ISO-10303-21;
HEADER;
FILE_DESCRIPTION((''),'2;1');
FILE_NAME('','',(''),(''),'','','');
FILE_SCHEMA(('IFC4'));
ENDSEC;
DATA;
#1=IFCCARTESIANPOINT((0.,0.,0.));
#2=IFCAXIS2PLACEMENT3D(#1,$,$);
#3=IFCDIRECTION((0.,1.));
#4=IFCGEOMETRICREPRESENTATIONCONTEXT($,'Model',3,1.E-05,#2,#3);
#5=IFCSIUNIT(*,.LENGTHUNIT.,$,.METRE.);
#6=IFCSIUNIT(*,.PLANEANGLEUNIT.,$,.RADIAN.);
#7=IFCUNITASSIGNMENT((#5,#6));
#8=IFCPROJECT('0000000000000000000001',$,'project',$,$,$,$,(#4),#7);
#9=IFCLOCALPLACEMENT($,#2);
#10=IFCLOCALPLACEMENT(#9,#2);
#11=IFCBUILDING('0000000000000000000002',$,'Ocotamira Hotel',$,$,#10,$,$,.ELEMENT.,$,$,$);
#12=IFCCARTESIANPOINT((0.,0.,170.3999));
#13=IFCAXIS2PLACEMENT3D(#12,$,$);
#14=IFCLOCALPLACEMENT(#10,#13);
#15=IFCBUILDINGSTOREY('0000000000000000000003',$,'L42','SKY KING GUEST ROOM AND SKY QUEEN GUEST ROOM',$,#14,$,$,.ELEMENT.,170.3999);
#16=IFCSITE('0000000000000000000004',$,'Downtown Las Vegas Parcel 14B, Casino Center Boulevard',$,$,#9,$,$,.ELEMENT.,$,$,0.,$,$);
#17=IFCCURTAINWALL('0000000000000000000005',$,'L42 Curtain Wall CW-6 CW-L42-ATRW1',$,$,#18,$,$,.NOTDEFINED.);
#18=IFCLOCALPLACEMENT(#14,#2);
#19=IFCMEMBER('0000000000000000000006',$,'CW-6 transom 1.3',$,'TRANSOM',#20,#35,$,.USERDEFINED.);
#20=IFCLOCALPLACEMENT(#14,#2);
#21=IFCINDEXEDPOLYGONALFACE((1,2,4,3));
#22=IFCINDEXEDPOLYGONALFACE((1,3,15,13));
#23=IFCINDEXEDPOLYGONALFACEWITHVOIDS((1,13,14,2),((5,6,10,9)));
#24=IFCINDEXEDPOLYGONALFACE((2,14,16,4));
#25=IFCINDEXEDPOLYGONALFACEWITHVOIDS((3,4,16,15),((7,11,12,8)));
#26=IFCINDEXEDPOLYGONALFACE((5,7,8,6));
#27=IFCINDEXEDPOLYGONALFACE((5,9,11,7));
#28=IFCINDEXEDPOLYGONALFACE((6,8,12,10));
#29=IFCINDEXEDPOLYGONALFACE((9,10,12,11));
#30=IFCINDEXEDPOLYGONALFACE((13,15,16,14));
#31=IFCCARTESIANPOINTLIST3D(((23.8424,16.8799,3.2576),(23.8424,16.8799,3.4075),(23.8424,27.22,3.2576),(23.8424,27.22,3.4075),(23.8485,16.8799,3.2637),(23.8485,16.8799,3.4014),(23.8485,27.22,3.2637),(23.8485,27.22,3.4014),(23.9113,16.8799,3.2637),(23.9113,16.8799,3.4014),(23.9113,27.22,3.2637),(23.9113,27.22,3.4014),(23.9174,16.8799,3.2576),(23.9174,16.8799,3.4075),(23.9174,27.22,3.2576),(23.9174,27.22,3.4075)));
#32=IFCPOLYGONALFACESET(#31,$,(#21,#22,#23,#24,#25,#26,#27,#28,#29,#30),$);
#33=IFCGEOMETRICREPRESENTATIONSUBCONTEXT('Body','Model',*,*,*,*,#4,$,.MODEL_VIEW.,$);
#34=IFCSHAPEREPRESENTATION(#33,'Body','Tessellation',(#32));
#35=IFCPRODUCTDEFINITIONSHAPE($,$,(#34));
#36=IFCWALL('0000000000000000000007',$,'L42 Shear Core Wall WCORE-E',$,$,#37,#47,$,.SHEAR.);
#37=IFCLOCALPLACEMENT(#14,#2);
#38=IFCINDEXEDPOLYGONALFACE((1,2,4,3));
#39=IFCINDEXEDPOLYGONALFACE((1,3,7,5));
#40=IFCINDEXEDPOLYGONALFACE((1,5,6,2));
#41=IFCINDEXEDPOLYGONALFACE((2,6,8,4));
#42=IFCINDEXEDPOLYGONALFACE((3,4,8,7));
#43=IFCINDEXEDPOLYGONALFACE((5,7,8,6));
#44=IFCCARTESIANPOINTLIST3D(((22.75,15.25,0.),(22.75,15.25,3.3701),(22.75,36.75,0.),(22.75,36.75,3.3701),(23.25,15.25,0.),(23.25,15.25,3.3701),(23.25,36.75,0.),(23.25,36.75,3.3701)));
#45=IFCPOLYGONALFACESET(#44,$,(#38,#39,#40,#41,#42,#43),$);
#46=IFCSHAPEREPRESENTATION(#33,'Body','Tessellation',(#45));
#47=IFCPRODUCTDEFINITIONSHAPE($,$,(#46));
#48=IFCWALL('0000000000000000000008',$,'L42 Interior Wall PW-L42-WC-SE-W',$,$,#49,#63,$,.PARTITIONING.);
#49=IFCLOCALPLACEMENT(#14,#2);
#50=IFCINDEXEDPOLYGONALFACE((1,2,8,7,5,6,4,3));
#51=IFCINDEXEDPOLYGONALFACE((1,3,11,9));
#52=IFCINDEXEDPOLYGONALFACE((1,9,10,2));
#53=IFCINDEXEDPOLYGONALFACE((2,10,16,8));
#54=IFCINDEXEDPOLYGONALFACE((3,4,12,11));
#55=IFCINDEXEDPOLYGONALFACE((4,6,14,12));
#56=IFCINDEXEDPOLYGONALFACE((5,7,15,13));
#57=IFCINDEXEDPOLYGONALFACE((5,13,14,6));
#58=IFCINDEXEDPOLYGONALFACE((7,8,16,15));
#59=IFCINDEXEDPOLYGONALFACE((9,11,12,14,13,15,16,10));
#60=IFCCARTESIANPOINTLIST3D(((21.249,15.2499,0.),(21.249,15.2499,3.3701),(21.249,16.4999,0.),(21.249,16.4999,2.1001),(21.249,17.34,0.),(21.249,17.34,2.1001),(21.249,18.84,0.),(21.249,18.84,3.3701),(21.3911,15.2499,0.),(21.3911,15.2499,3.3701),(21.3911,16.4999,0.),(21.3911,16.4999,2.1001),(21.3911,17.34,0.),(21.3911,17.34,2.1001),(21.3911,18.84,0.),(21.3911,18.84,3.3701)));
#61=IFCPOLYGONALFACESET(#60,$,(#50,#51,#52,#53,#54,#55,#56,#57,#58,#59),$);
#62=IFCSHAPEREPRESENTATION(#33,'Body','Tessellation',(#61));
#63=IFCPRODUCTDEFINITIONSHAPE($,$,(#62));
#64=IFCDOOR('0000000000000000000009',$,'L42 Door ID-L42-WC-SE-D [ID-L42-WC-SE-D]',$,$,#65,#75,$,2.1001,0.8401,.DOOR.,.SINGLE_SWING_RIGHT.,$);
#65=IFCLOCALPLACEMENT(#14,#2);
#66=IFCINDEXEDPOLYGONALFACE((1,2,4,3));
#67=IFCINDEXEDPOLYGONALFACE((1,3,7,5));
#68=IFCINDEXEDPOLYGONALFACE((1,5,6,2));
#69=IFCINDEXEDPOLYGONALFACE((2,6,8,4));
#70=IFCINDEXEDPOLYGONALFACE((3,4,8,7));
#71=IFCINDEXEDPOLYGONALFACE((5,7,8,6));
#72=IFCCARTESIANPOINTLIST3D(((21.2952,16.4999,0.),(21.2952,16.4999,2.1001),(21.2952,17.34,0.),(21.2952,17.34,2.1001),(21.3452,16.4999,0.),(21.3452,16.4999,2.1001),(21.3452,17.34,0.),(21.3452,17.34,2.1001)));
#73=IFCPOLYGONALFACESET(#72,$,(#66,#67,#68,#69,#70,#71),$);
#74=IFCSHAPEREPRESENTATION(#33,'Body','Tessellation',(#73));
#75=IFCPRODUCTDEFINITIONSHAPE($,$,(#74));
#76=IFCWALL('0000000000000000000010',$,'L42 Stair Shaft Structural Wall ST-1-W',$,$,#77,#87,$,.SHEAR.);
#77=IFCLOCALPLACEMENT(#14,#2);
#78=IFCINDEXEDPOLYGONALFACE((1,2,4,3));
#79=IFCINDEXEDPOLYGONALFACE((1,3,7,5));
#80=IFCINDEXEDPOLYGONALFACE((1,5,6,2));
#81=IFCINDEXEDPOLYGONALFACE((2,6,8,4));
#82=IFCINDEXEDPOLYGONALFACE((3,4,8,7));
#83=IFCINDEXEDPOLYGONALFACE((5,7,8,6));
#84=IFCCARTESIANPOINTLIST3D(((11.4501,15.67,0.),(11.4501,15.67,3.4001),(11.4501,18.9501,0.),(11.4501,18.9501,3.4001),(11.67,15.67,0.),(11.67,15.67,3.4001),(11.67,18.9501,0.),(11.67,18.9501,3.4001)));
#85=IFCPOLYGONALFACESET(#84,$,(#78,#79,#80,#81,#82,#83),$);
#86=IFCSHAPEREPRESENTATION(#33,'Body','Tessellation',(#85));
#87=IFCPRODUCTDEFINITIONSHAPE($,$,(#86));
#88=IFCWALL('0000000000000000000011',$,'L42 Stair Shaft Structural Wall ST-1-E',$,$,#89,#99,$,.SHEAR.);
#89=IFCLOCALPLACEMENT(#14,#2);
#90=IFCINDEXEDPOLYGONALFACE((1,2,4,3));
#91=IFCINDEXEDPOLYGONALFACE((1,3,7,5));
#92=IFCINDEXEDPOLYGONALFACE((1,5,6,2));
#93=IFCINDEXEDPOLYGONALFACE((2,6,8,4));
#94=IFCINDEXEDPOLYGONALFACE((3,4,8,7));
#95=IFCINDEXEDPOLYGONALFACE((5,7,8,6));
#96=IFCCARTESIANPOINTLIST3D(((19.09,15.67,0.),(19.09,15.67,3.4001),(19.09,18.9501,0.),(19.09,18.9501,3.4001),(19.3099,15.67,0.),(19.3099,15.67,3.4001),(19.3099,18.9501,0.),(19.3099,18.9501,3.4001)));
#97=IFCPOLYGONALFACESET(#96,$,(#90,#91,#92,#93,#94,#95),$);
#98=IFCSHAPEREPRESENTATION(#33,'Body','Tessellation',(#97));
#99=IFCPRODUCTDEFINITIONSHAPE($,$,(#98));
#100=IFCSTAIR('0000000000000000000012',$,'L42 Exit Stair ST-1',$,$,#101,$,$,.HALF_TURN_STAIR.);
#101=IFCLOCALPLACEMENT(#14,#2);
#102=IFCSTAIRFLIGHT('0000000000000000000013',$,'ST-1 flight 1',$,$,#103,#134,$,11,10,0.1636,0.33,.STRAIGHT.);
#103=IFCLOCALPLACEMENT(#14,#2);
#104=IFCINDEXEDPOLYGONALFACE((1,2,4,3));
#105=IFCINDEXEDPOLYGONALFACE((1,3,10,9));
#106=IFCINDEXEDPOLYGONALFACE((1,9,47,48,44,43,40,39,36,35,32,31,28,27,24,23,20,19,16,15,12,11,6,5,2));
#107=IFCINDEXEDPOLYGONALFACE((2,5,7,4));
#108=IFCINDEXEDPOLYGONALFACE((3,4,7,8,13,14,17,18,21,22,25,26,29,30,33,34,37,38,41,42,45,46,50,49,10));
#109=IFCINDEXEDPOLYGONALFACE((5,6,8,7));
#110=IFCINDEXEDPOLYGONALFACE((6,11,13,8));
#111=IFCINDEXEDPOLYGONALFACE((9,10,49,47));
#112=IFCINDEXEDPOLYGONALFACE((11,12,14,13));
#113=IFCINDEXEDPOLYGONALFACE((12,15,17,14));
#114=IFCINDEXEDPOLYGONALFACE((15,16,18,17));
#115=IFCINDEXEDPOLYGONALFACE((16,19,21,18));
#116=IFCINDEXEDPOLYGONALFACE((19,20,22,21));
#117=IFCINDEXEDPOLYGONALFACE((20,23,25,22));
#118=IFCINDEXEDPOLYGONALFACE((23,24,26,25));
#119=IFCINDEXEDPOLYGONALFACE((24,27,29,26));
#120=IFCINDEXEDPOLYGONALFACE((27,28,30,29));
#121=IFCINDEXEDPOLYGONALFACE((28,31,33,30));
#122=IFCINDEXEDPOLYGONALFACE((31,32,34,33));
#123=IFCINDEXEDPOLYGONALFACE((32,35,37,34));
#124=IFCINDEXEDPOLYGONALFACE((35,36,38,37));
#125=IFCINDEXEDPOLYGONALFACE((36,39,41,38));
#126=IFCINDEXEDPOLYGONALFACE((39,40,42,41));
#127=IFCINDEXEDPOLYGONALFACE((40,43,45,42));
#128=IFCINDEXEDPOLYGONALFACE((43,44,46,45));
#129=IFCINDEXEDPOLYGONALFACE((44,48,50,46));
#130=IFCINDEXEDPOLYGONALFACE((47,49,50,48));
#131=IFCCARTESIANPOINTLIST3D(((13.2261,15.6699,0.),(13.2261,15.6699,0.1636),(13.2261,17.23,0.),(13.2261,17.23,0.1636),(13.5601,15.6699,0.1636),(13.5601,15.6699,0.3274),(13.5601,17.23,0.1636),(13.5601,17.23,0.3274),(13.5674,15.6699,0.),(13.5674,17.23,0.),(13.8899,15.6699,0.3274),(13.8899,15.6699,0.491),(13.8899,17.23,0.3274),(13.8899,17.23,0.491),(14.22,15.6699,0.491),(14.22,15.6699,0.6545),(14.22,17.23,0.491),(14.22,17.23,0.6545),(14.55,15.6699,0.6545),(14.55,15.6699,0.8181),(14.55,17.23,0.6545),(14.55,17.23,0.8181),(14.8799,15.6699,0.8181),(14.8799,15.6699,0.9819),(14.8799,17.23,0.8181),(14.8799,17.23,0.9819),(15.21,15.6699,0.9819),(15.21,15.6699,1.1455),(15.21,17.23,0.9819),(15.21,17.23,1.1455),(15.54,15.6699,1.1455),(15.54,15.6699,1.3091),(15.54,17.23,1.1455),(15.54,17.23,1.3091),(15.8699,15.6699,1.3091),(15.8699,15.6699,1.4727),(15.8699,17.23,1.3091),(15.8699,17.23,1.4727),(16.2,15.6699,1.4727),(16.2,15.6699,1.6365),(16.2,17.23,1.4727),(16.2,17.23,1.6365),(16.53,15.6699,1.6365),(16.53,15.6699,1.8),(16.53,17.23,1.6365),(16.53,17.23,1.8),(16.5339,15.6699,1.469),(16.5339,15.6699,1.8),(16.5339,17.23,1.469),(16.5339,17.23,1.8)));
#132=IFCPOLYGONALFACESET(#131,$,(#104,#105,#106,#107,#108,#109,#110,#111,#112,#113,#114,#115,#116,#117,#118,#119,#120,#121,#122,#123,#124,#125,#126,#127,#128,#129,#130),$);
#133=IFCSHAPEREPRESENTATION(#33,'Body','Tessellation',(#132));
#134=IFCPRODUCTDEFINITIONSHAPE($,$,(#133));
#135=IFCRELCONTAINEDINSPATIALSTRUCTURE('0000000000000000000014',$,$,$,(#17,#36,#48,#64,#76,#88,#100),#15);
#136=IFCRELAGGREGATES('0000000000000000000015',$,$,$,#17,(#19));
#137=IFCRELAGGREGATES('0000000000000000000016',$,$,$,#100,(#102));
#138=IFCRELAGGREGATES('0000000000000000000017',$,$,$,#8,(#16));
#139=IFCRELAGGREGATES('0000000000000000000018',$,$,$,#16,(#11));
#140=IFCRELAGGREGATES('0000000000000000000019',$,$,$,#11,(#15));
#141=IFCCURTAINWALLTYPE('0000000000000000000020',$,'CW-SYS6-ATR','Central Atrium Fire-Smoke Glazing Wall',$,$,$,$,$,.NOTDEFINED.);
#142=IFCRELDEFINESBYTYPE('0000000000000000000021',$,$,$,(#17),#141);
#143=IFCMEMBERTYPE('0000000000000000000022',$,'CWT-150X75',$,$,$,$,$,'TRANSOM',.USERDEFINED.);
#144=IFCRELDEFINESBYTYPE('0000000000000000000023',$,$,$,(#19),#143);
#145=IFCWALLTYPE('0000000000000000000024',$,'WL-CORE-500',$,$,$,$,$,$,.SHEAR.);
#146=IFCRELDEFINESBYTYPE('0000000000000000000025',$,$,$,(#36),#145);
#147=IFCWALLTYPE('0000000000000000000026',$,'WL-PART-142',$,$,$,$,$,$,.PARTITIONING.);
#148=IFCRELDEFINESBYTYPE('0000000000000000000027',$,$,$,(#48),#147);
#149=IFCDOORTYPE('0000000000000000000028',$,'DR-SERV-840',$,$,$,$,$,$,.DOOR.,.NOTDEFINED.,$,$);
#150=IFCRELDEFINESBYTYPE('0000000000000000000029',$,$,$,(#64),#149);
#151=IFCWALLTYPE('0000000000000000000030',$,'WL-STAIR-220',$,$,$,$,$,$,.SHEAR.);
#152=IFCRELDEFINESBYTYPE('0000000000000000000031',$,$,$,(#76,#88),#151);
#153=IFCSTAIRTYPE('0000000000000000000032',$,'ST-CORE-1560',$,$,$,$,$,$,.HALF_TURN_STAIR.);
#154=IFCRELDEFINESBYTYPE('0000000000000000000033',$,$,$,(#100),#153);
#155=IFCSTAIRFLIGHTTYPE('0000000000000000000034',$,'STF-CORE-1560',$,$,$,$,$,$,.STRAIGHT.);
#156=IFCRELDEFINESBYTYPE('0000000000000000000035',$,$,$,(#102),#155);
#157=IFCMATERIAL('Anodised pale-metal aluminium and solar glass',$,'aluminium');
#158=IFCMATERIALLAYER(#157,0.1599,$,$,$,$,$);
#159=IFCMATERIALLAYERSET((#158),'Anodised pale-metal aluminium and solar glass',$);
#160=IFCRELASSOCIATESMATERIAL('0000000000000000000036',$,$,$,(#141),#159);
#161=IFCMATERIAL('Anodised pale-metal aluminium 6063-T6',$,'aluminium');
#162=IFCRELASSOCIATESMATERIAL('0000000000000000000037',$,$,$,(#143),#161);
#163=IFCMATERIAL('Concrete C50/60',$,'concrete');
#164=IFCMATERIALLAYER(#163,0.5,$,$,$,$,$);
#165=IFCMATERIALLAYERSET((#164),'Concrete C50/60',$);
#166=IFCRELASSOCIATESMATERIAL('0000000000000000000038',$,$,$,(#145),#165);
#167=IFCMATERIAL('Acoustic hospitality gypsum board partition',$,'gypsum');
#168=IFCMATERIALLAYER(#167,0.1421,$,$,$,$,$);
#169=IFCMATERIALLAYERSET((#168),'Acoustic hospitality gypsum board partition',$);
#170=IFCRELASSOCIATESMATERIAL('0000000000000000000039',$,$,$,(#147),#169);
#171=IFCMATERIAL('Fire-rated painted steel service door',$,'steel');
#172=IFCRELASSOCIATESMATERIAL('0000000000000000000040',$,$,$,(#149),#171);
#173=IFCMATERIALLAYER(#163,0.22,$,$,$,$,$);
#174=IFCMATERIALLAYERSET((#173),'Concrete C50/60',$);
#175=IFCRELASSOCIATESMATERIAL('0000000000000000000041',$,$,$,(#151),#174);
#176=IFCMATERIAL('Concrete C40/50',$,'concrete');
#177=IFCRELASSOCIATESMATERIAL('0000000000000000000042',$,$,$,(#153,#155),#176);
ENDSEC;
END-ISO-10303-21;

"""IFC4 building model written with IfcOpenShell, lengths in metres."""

from ifc_helpers import new_model, si_unit, direction, frame, frame_2d, origin, origin_2d, place, context, subcontext, project, spatial, polyline, rectangle, hollow_rectangle, outline, extrude, source, transform, mapped, material, layer, layer_set, material_profile, profile_set, type_object, element, fill, aggregate, save


model = new_model("IFC4")

# Units and contexts
model_context = context("Model", 3, precision=1e-05, world=origin(), true_north=direction((0.0, 1.0)))
body_context = subcontext(model_context, "Body", "Model", "MODEL_VIEW")
ifc_project = project(units=[si_unit("LENGTHUNIT", "METRE"), si_unit("PLANEANGLEUNIT", "RADIAN")], contexts=[model_context])

# Site, building, storey
site_placement = place(None, origin())
site = spatial("IfcSite", under=ifc_project, at=site_placement, Name="Downtown Las Vegas Parcel 14B, Casino Center Boulevard", CompositionType="ELEMENT", RefElevation=0.0)
building_placement = place(site_placement, origin())
building = spatial("IfcBuilding", under=site, at=building_placement, Name="Ocotamira Hotel", CompositionType="ELEMENT")
storey_placement = place(building_placement, frame((0.0, 0.0, 170.3999)))
storey = spatial("IfcBuildingStorey", under=building, at=storey_placement, Name="L42", Description="SKY KING GUEST ROOM AND SKY QUEEN GUEST ROOM", CompositionType="ELEMENT", Elevation=170.3999)

# Curtain wall, member
ifc_material_1 = material(Name="Anodised pale-metal aluminium and solar glass", Category="aluminium")
ifc_layer_1 = layer(ifc_material_1, 0.1599)
ifc_layer_set_1 = layer_set([ifc_layer_1], Name="Anodised pale-metal aluminium and solar glass")
curtain_wall_type = type_object("IfcCurtainWallType", Name="CW-SYS6-ATR", Description="Central Atrium Fire-Smoke Glazing Wall", PredefinedType="NOTDEFINED", material=ifc_layer_set_1)
curtain_wall_placement = place(storey_placement, origin())
curtain_wall = element("IfcCurtainWall", 1, at=curtain_wall_placement, inside=storey, type_object=curtain_wall_type, Name="L42 Curtain Wall CW-6 CW-L42-ATRW1", PredefinedType="NOTDEFINED")
ifc_material_2 = material(Name="Anodised pale-metal aluminium 6063-T6", Category="aluminium")
ifc_material_profile_1 = material_profile(ifc_material_2, hollow_rectangle(XDim=0.075, YDim=0.1499, WallThickness=0.0061, at=origin_2d()), Name="HSS150X75X6")
ifc_profile_set_1 = profile_set([ifc_material_profile_1], Name="Anodised pale-metal aluminium 6063-T6")
member_type_1 = type_object("IfcMemberType", Name="CWT-150X75", ElementType="TRANSOM", PredefinedType="USERDEFINED", material=ifc_profile_set_1)
shared_shape_1 = source(origin(), body_context, "Body", "SweptSolid", [
    extrude(hollow_rectangle(XDim=0.075, YDim=0.1499, WallThickness=0.0061, at=origin_2d()), origin(), (0.0, 0.0, 1.0), 10.3401),
])
member_1_placement = place(storey_placement, frame((23.8799, 16.8799, 3.3325), z_axis=(0.0, 1.0, 0.0), x_axis=(-1.0, 0.0, 0.0)))
member_1 = element("IfcMember", 2, at=member_1_placement, type_object=member_type_1, Name="CW-6 transom 1.3", ObjectType="TRANSOM", PredefinedType="USERDEFINED", context=body_context, shape_type="MappedRepresentation", body=[
    mapped(shared_shape_1, transform((0.0, 0.0, 0.0), scale=1.0)),
])
aggregate(curtain_wall, [member_1])

# Wall
ifc_material_3 = material(Name="Concrete C50/60", Category="concrete")
ifc_layer_2 = layer(ifc_material_3, 0.5)
ifc_layer_set_2 = layer_set([ifc_layer_2], Name="Concrete C50/60")
wall_type_1 = type_object("IfcWallType", Name="WL-CORE-500", PredefinedType="SHEAR", material=ifc_layer_set_2)
wall_1_placement = place(storey_placement, frame((23.0, 15.25, 0.0), z_axis=(0.0, 0.0, 1.0), x_axis=(0.0, 1.0, 0.0)))
element("IfcWall", 3, at=wall_1_placement, inside=storey, type_object=wall_type_1, Name="L42 Shear Core Wall WCORE-E", PredefinedType="SHEAR", context=body_context, shape_type="SweptSolid", body=[
    extrude(rectangle(XDim=21.5, YDim=0.5, at=frame_2d((10.75, 0.0))), origin(), (0.0, 0.0, 1.0), 3.3701),
])

# Wall, opening, door
ifc_material_4 = material(Name="Acoustic hospitality gypsum board partition", Category="gypsum")
ifc_layer_3 = layer(ifc_material_4, 0.1421)
ifc_layer_set_3 = layer_set([ifc_layer_3], Name="Acoustic hospitality gypsum board partition")
wall_type_2 = type_object("IfcWallType", Name="WL-PART-142", PredefinedType="PARTITIONING", material=ifc_layer_set_3)
wall_2_placement = place(storey_placement, frame((21.3201, 15.25, 0.0), z_axis=(0.0, 0.0, 1.0), x_axis=(0.0, 1.0, 0.0)))
wall_2 = element("IfcWall", 4, at=wall_2_placement, inside=storey, type_object=wall_type_2, Name="L42 Interior Wall PW-L42-WC-SE-W", PredefinedType="PARTITIONING", context=body_context, shape_type="SweptSolid", body=[
    extrude(rectangle(XDim=3.5901, YDim=0.1421, at=frame_2d((1.7949, 0.0))), origin(), (0.0, 0.0, 1.0), 3.3701),
])
opening_1_placement = place(wall_2_placement, frame((1.25, 0.0, 0.0)))
opening_1 = element("IfcOpeningElement", 5, at=opening_1_placement, cuts=wall_2, PredefinedType="OPENING", context=body_context, shape_type="SweptSolid", body=[
    extrude(rectangle(XDim=0.8401, YDim=2.1001, at=frame_2d((0.4199, 1.05))), frame((0.0, 0.0811, 0.0), z_axis=(0.0, -1.0, 0.0), x_axis=(1.0, 0.0, 0.0)), (0.0, 0.0, 1.0), 0.1621),
])
ifc_material_5 = material(Name="Fire-rated painted steel service door", Category="steel")
door_type_1 = type_object("IfcDoorType", Name="DR-SERV-840", OperationType="NOTDEFINED", PredefinedType="DOOR", material=ifc_material_5)
shared_shape_2 = source(origin(), body_context, "Body", "SweptSolid", [
    extrude(rectangle(XDim=0.8401, YDim=2.1001, at=frame_2d((0.4199, 1.05))), frame((0.0, 0.0249, 0.0), z_axis=(0.0, -1.0, 0.0), x_axis=(1.0, 0.0, 0.0)), (0.0, 0.0, 1.0), 0.05),
])
door_1_placement = place(opening_1_placement, origin())
door_1 = element("IfcDoor", 6, at=door_1_placement, inside=storey, type_object=door_type_1, Name="L42 Door ID-L42-WC-SE-D [ID-L42-WC-SE-D]", OperationType="SINGLE_SWING_RIGHT", OverallHeight=2.1001, OverallWidth=0.8401, PredefinedType="DOOR", context=body_context, shape_type="MappedRepresentation", body=[
    mapped(shared_shape_2, transform((0.0, 0.0, 0.0), scale=1.0)),
])
fill(opening_1, door_1)

# Walls
ifc_layer_4 = layer(ifc_material_3, 0.22)
ifc_layer_set_4 = layer_set([ifc_layer_4], Name="Concrete C50/60")
wall_type_3 = type_object("IfcWallType", Name="WL-STAIR-220", PredefinedType="SHEAR", material=ifc_layer_set_4)
for number, where, z_axis, x_axis, name in (
    (7, (11.5601, 15.6699, 0.0), (0.0, 0.0, 1.0), (0.0, 1.0, 0.0), "L42 Stair Shaft Structural Wall ST-1-W"),
    (8, (19.2, 15.6699, 0.0), (0.0, 0.0, 1.0), (0.0, 1.0, 0.0), "L42 Stair Shaft Structural Wall ST-1-E"),
):
    element("IfcWall", number, at=place(storey_placement, frame(where, z_axis=z_axis, x_axis=x_axis)), inside=storey, type_object=wall_type_3, Name=name, PredefinedType="SHEAR", context=body_context, shape_type="SweptSolid", body=[
        extrude(rectangle(XDim=3.28, YDim=0.22, at=frame_2d((1.6401, 0.0))), origin(), (0.0, 0.0, 1.0), 3.4001),
    ])

# Stair, stair flight
ifc_material_6 = material(Name="Concrete C40/50", Category="concrete")
stair_type = type_object("IfcStairType", Name="ST-CORE-1560", PredefinedType="HALF_TURN_STAIR", material=ifc_material_6)
stair_placement = place(storey_placement, origin())
stair = element("IfcStair", 9, at=stair_placement, inside=storey, type_object=stair_type, Name="L42 Exit Stair ST-1", PredefinedType="HALF_TURN_STAIR")
stair_flight_type = type_object("IfcStairFlightType", Name="STF-CORE-1560", PredefinedType="STRAIGHT", material=ifc_material_6)
shared_shape_3 = source(origin(), body_context, "Body", "SweptSolid", [
    extrude(outline(polyline([(-0.0039, 0.0), (-0.0039, 0.1636), (0.3301, 0.1636), (0.3301, 0.3274), (0.6599, 0.3274), (0.6599, 0.491), (0.99, 0.491), (0.99, 0.6545), (1.3201, 0.6545), (1.3201, 0.8181), (1.6499, 0.8181), (1.6499, 0.9819), (1.98, 0.9819), (1.98, 1.1455), (2.3101, 1.1455), (2.3101, 1.3091), (2.6399, 1.3091), (2.6399, 1.4727), (2.97, 1.4727), (2.97, 1.6365), (3.3, 1.6365), (3.3, 1.8), (3.304, 1.8), (3.304, 1.469), (0.3374, 0.0), (-0.0039, 0.0)])), frame((0.0, 0.78, 0.0), z_axis=(0.0, -1.0, 0.0), x_axis=(1.0, 0.0, 0.0)), (0.0, 0.0, 1.0), 1.5601),
])
stair_flight_placement = place(storey_placement, frame((13.23, 16.45, 0.0), z_axis=(0.0, 0.0, 1.0), x_axis=(1.0, 0.0, 0.0)))
stair_flight = element("IfcStairFlight", 10, at=stair_flight_placement, type_object=stair_flight_type, Name="ST-1 flight 1", NumberOfRisers=11, NumberOfTreads=10, PredefinedType="STRAIGHT", RiserHeight=0.1636, TreadLength=0.33, context=body_context, shape_type="MappedRepresentation", body=[
    mapped(shared_shape_3, transform((0.0, 0.0, 0.0), scale=1.0)),
])
aggregate(stair, [stair_flight])

save(model, "model.ifc")
